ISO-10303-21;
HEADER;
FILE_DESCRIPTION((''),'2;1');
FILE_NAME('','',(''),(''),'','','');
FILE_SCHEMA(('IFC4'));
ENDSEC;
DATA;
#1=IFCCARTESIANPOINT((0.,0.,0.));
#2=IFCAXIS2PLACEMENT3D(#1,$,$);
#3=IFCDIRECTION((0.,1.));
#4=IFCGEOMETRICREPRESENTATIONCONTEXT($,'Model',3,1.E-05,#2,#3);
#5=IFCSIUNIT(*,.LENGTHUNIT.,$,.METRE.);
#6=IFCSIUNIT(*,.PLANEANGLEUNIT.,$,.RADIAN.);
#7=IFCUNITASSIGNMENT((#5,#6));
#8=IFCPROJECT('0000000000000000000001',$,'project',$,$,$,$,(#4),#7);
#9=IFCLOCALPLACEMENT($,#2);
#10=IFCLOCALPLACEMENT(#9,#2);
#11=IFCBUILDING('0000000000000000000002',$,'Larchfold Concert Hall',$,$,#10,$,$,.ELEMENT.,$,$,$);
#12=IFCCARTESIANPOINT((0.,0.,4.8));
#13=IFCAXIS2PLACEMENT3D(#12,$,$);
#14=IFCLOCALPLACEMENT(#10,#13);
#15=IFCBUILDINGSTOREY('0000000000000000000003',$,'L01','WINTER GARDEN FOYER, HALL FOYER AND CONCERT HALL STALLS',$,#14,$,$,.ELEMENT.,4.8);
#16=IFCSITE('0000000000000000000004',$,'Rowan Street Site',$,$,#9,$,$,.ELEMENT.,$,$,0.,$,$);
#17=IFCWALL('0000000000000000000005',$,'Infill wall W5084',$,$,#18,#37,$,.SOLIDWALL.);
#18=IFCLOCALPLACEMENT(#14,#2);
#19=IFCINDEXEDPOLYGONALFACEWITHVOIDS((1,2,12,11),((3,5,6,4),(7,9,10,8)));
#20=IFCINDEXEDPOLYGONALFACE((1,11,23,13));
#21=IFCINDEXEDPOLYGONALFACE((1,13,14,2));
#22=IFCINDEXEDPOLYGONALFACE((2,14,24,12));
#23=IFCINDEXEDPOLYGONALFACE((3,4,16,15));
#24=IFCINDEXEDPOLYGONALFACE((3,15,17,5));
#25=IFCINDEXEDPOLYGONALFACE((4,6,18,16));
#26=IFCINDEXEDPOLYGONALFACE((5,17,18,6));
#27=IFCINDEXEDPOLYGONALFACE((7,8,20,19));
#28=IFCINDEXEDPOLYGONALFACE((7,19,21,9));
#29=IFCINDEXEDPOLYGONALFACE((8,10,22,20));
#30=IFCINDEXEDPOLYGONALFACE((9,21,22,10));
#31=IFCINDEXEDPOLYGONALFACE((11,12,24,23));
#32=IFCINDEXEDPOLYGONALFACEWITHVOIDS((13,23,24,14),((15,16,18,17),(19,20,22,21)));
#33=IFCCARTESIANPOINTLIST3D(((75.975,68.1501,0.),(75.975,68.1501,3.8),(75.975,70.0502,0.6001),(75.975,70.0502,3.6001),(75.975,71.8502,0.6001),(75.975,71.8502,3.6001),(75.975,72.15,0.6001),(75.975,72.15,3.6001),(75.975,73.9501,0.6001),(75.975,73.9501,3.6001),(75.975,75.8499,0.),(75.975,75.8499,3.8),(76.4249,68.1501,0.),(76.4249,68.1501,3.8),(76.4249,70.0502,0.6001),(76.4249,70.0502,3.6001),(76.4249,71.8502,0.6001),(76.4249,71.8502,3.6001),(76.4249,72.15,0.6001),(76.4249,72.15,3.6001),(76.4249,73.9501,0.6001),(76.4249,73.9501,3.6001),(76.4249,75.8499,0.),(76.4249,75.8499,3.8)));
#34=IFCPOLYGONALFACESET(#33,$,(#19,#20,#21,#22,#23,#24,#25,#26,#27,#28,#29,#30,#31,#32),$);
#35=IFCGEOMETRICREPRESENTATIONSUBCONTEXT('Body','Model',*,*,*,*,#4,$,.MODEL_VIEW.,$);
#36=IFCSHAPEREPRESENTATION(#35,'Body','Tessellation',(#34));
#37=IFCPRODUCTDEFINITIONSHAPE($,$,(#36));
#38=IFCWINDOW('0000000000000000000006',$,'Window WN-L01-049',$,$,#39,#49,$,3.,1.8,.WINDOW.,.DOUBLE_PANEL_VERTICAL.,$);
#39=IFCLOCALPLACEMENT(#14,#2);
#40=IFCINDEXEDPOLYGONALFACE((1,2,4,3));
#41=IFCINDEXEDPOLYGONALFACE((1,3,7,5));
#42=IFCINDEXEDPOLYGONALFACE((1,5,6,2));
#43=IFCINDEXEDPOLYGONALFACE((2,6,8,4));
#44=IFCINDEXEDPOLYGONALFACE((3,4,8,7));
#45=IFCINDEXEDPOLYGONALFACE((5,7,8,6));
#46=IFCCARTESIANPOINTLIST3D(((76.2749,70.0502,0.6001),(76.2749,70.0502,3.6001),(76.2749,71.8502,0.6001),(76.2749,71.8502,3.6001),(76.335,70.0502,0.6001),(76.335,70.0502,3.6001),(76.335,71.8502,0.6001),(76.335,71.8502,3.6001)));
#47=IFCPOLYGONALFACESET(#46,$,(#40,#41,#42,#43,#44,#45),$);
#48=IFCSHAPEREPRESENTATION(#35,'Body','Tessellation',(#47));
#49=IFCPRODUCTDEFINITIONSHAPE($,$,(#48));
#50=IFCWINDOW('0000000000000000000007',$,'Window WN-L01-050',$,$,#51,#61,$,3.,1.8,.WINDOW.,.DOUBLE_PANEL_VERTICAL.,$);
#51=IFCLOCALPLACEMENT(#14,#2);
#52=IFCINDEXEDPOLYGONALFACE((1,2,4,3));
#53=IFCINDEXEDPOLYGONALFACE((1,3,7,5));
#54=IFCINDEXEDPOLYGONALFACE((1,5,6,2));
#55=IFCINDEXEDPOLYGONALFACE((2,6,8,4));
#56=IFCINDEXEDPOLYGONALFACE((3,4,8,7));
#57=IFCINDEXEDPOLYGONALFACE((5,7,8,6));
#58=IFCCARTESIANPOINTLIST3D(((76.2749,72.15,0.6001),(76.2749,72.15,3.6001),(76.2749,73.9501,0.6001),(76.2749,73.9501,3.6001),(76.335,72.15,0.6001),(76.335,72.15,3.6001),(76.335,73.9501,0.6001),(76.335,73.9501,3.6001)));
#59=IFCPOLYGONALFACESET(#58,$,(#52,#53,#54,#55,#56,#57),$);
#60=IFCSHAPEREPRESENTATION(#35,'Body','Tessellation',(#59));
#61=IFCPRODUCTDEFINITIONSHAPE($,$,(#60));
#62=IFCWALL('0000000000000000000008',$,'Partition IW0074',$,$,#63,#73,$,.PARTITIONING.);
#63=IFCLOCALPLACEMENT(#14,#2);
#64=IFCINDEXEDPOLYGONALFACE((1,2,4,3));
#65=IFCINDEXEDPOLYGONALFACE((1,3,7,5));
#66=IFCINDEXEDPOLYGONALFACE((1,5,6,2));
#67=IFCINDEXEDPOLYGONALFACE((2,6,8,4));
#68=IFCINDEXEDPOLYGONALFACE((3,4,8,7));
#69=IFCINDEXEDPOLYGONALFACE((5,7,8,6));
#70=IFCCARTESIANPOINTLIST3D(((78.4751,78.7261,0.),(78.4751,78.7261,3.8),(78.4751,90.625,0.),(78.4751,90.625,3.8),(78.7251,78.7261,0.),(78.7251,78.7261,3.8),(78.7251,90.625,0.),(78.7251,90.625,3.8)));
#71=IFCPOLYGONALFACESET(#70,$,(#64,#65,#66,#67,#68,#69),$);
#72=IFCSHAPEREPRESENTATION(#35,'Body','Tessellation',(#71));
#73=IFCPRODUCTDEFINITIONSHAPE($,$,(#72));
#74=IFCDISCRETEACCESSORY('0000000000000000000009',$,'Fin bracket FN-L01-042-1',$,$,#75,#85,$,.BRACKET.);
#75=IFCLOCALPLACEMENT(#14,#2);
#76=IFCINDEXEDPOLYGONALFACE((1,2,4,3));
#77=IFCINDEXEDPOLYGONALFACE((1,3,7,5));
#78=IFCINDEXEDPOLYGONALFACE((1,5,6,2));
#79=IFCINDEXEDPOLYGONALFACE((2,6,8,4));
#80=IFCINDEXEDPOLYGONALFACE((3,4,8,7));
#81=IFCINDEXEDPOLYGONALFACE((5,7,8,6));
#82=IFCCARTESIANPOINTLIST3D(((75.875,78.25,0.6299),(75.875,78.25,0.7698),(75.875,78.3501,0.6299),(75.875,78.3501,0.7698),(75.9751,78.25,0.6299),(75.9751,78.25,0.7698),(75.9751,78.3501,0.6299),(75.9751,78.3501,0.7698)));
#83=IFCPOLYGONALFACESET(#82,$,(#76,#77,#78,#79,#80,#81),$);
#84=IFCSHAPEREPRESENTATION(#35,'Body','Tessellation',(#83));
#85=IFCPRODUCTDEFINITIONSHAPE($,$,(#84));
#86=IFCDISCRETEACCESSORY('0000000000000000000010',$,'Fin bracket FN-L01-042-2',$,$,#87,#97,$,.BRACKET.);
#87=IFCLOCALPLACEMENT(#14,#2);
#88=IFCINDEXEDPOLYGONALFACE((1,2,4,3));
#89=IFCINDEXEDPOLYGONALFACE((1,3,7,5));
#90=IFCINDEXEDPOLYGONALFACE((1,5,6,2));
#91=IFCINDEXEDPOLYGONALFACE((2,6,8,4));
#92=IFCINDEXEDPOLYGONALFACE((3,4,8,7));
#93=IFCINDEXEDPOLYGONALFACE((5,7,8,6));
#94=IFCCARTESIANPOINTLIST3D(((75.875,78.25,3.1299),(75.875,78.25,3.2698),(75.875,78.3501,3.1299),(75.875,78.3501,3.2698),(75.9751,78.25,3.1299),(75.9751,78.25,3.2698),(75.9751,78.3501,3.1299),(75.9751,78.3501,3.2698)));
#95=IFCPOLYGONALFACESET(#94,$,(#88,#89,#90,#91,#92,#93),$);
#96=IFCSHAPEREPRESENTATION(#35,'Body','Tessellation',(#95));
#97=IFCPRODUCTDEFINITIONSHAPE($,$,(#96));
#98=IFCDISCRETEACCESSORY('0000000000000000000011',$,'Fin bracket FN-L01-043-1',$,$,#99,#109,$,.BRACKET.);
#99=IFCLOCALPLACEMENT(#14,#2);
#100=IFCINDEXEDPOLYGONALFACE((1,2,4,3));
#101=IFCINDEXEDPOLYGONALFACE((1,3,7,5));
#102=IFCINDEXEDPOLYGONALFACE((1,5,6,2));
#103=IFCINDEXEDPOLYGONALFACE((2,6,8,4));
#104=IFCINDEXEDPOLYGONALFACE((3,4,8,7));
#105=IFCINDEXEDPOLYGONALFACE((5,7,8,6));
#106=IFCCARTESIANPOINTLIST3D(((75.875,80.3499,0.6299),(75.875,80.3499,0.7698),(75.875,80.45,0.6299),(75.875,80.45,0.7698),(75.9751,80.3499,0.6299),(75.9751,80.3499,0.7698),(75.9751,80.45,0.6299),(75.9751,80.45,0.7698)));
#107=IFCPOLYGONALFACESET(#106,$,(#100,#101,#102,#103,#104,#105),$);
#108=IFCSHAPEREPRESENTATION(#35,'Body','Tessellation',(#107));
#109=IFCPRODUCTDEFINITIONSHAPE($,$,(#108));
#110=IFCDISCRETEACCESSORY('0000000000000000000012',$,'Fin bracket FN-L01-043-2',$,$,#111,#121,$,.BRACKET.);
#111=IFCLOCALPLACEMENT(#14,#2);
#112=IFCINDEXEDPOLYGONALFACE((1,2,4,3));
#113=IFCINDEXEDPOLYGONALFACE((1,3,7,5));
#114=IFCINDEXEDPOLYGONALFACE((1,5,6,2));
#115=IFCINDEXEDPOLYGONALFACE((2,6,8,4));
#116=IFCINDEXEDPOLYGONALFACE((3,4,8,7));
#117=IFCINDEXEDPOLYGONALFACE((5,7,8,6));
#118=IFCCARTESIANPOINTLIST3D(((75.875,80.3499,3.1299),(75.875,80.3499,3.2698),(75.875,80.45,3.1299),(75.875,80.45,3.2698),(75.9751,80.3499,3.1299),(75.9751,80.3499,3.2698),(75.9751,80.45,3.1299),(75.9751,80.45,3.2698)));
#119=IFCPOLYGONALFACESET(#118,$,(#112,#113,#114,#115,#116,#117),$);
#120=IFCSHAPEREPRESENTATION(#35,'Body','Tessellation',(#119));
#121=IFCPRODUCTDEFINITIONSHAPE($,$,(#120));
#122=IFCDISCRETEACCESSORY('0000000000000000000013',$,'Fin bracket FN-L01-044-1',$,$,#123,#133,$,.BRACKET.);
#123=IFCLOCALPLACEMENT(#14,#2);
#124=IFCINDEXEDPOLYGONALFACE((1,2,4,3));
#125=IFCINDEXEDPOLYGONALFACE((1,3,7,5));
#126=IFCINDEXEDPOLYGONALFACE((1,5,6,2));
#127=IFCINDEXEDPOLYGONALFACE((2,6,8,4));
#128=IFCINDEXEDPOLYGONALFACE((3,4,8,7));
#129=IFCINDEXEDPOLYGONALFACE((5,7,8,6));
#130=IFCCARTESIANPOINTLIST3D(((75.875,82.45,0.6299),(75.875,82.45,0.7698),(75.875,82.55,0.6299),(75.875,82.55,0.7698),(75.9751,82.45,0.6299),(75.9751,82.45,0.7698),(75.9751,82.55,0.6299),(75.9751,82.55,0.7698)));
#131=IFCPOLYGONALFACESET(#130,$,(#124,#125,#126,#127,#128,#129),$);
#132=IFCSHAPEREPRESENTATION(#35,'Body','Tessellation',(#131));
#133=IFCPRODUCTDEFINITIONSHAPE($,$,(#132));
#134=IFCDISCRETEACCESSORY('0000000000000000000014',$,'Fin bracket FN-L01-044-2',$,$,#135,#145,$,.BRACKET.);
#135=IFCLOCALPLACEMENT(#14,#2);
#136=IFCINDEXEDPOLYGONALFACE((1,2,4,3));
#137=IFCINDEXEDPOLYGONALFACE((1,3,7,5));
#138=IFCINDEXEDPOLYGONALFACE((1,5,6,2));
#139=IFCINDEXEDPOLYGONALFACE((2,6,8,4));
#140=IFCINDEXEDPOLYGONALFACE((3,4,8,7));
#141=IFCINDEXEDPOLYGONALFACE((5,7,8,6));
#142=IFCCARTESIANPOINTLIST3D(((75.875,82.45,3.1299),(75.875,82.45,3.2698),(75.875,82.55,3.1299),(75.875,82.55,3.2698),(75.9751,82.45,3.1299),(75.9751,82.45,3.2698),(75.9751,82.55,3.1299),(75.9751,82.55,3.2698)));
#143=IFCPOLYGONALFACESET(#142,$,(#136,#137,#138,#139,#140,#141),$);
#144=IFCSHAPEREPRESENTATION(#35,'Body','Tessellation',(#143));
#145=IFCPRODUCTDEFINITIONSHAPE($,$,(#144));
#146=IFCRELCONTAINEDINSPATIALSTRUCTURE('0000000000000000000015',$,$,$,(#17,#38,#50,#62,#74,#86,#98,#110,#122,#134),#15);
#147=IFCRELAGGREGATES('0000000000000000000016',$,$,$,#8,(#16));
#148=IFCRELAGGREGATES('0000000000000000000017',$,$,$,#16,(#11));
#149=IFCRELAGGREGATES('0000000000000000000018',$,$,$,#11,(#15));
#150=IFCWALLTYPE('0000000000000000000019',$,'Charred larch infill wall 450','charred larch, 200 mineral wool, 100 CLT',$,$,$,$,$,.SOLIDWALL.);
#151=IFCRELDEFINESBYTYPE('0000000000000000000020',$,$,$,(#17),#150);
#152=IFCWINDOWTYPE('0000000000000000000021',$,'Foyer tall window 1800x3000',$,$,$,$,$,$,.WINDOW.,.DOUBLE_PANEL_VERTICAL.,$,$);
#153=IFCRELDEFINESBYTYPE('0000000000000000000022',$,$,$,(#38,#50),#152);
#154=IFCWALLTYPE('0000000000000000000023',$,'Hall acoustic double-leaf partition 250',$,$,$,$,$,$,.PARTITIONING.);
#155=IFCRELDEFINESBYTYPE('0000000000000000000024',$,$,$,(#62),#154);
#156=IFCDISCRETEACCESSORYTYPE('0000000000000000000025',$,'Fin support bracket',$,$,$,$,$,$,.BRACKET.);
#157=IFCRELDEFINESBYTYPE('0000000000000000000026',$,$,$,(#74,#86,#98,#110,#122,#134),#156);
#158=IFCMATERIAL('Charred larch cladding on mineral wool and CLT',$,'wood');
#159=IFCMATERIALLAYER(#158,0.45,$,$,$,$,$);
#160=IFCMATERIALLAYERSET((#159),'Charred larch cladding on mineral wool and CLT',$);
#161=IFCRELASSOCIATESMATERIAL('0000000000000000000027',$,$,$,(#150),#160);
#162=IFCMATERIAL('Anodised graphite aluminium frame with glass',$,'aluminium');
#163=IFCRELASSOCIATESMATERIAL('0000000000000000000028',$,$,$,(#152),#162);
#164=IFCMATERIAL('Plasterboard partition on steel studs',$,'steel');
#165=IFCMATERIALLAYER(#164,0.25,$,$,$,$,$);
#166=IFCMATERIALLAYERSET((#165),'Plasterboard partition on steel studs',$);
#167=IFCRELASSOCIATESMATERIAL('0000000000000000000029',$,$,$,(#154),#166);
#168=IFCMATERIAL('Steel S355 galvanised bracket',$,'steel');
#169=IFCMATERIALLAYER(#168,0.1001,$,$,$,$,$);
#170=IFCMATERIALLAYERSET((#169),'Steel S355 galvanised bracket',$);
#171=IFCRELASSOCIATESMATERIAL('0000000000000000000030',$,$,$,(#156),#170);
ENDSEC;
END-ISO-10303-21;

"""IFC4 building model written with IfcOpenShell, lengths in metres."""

from ifc_helpers import new_model, si_unit, direction, frame, frame_2d, origin, origin_2d, place, context, subcontext, project, spatial, rectangle, extrude, material, layer, layer_set, type_object, element, fill, save


model = new_model("IFC4")

# Units and contexts
model_context = context("Model", 3, precision=1e-05, world=origin(), true_north=direction((0.0, 1.0)))
body_context = subcontext(model_context, "Body", "Model", "MODEL_VIEW")
ifc_project = project(units=[si_unit("LENGTHUNIT", "METRE"), si_unit("PLANEANGLEUNIT", "RADIAN")], contexts=[model_context])

# Site, building, storey
site_placement = place(None, origin())
site = spatial("IfcSite", under=ifc_project, at=site_placement, Name="Rowan Street Site", CompositionType="ELEMENT", RefElevation=0.0)
building_placement = place(site_placement, origin())
building = spatial("IfcBuilding", under=site, at=building_placement, Name="Larchfold Concert Hall", CompositionType="ELEMENT")
storey_placement = place(building_placement, frame((0.0, 0.0, 4.8)))
storey = spatial("IfcBuildingStorey", under=building, at=storey_placement, Name="L01", Description="WINTER GARDEN FOYER, HALL FOYER AND CONCERT HALL STALLS", CompositionType="ELEMENT", Elevation=4.8)

# Wall, openings, windows
ifc_material_1 = material(Name="Charred larch cladding on mineral wool and CLT", Category="wood")
ifc_layer_1 = layer(ifc_material_1, 0.45)
ifc_layer_set_1 = layer_set([ifc_layer_1], Name="Charred larch cladding on mineral wool and CLT")
wall_type_1 = type_object("IfcWallType", Name="Charred larch infill wall 450", Description="charred larch, 200 mineral wool, 100 CLT", PredefinedType="SOLIDWALL", material=ifc_layer_set_1)
wall_1_placement = place(storey_placement, frame((76.2, 75.8499, 0.0), z_axis=(0.0, 0.0, 1.0), x_axis=(0.0, -1.0, 0.0)))
wall_1 = element("IfcWall", 1, at=wall_1_placement, inside=storey, type_object=wall_type_1, Name="Infill wall W5084", PredefinedType="SOLIDWALL", context=body_context, shape_type="SweptSolid", body=[
    extrude(rectangle(XDim=7.6997, YDim=0.45, at=frame_2d((3.8499, 0.0))), origin(), (0.0, 0.0, 1.0), 3.8),
])
opening_1_placement = place(wall_1_placement, frame((3.9998, 0.0, 0.6001)))
opening_1 = element("IfcOpeningElement", 2, at=opening_1_placement, cuts=wall_1, PredefinedType="OPENING", context=body_context, shape_type="SweptSolid", body=[
    extrude(rectangle(XDim=1.8, YDim=3.0, at=frame_2d((0.8999, 1.5))), frame((0.0, 0.2349, 0.0), z_axis=(0.0, -1.0, 0.0), x_axis=(1.0, 0.0, 0.0)), (0.0, 0.0, 1.0), 0.47),
])
opening_2_placement = place(wall_1_placement, frame((1.8999, 0.0, 0.6001)))
opening_2 = element("IfcOpeningElement", 3, at=opening_2_placement, cuts=wall_1, PredefinedType="OPENING", context=body_context, shape_type="SweptSolid", body=[
    extrude(rectangle(XDim=1.8, YDim=3.0, at=frame_2d((0.8999, 1.5))), frame((0.0, 0.2349, 0.0), z_axis=(0.0, -1.0, 0.0), x_axis=(1.0, 0.0, 0.0)), (0.0, 0.0, 1.0), 0.47),
])
ifc_material_2 = material(Name="Anodised graphite aluminium frame with glass", Category="aluminium")
window_type_1 = type_object("IfcWindowType", Name="Foyer tall window 1800x3000", PartitioningType="DOUBLE_PANEL_VERTICAL", PredefinedType="WINDOW", material=ifc_material_2)
window_1_placement = place(opening_1_placement, origin())
window_1 = element("IfcWindow", 4, at=window_1_placement, inside=storey, type_object=window_type_1, Name="Window WN-L01-049", OverallHeight=3.0, OverallWidth=1.8, PartitioningType="DOUBLE_PANEL_VERTICAL", PredefinedType="WINDOW", context=body_context, shape_type="SweptSolid", body=[
    extrude(rectangle(XDim=1.8, YDim=3.0, at=frame_2d((0.8999, 1.5))), frame((0.0, 0.135, 0.0), z_axis=(0.0, -1.0, 0.0), x_axis=(1.0, 0.0, 0.0)), (0.0, 0.0, 1.0), 0.0601),
])
fill(opening_1, window_1)
window_2_placement = place(opening_2_placement, origin())
window_2 = element("IfcWindow", 5, at=window_2_placement, inside=storey, type_object=window_type_1, Name="Window WN-L01-050", OverallHeight=3.0, OverallWidth=1.8, PartitioningType="DOUBLE_PANEL_VERTICAL", PredefinedType="WINDOW", context=body_context, shape_type="SweptSolid", body=[
    extrude(rectangle(XDim=1.8, YDim=3.0, at=frame_2d((0.8999, 1.5))), frame((0.0, 0.135, 0.0), z_axis=(0.0, -1.0, 0.0), x_axis=(1.0, 0.0, 0.0)), (0.0, 0.0, 1.0), 0.0601),
])
fill(opening_2, window_2)

# Wall
ifc_material_3 = material(Name="Plasterboard partition on steel studs", Category="steel")
ifc_layer_2 = layer(ifc_material_3, 0.25)
ifc_layer_set_2 = layer_set([ifc_layer_2], Name="Plasterboard partition on steel studs")
wall_type_2 = type_object("IfcWallType", Name="Hall acoustic double-leaf partition 250", PredefinedType="PARTITIONING", material=ifc_layer_set_2)
wall_2_placement = place(storey_placement, frame((78.6001, 78.7261, 0.0), z_axis=(0.0, 0.0, 1.0), x_axis=(0.0, 1.0, 0.0)))
element("IfcWall", 6, at=wall_2_placement, inside=storey, type_object=wall_type_2, Name="Partition IW0074", PredefinedType="PARTITIONING", context=body_context, shape_type="SweptSolid", body=[
    extrude(rectangle(XDim=11.8989, YDim=0.25, at=frame_2d((5.9495, 0.0))), origin(), (0.0, 0.0, 1.0), 3.8),
])

# Discrete accessories
ifc_material_4 = material(Name="Steel S355 galvanised bracket", Category="steel")
ifc_layer_3 = layer(ifc_material_4, 0.1001)
ifc_layer_set_3 = layer_set([ifc_layer_3], Name="Steel S355 galvanised bracket")
discrete_accessory_type = type_object("IfcDiscreteAccessoryType", Name="Fin support bracket", PredefinedType="BRACKET", material=ifc_layer_set_3)
for number, where, z_axis, x_axis, name in (
    (7, (75.925, 78.3, 0.6299), (0.0, 0.0, 1.0), (-1.0, 0.0, 0.0), "Fin bracket FN-L01-042-1"),
    (8, (75.925, 78.3, 3.1299), (0.0, 0.0, 1.0), (-1.0, 0.0, 0.0), "Fin bracket FN-L01-042-2"),
    (9, (75.925, 80.3999, 0.6299), (0.0, 0.0, 1.0), (-1.0, 0.0, 0.0), "Fin bracket FN-L01-043-1"),
    (10, (75.925, 80.3999, 3.1299), (0.0, 0.0, 1.0), (-1.0, 0.0, 0.0), "Fin bracket FN-L01-043-2"),
    (11, (75.925, 82.5, 0.6299), (0.0, 0.0, 1.0), (-1.0, 0.0, 0.0), "Fin bracket FN-L01-044-1"),
    (12, (75.925, 82.5, 3.1299), (0.0, 0.0, 1.0), (-1.0, 0.0, 0.0), "Fin bracket FN-L01-044-2"),
):
    element("IfcDiscreteAccessory", number, at=place(storey_placement, frame(where, z_axis=z_axis, x_axis=x_axis)), inside=storey, type_object=discrete_accessory_type, Name=name, PredefinedType="BRACKET", context=body_context, shape_type="SweptSolid", body=[
        extrude(rectangle(XDim=0.1001, YDim=0.1001, at=origin_2d()), origin(), (0.0, 0.0, 1.0), 0.1399),
    ])

save(model, "model.ifc")
